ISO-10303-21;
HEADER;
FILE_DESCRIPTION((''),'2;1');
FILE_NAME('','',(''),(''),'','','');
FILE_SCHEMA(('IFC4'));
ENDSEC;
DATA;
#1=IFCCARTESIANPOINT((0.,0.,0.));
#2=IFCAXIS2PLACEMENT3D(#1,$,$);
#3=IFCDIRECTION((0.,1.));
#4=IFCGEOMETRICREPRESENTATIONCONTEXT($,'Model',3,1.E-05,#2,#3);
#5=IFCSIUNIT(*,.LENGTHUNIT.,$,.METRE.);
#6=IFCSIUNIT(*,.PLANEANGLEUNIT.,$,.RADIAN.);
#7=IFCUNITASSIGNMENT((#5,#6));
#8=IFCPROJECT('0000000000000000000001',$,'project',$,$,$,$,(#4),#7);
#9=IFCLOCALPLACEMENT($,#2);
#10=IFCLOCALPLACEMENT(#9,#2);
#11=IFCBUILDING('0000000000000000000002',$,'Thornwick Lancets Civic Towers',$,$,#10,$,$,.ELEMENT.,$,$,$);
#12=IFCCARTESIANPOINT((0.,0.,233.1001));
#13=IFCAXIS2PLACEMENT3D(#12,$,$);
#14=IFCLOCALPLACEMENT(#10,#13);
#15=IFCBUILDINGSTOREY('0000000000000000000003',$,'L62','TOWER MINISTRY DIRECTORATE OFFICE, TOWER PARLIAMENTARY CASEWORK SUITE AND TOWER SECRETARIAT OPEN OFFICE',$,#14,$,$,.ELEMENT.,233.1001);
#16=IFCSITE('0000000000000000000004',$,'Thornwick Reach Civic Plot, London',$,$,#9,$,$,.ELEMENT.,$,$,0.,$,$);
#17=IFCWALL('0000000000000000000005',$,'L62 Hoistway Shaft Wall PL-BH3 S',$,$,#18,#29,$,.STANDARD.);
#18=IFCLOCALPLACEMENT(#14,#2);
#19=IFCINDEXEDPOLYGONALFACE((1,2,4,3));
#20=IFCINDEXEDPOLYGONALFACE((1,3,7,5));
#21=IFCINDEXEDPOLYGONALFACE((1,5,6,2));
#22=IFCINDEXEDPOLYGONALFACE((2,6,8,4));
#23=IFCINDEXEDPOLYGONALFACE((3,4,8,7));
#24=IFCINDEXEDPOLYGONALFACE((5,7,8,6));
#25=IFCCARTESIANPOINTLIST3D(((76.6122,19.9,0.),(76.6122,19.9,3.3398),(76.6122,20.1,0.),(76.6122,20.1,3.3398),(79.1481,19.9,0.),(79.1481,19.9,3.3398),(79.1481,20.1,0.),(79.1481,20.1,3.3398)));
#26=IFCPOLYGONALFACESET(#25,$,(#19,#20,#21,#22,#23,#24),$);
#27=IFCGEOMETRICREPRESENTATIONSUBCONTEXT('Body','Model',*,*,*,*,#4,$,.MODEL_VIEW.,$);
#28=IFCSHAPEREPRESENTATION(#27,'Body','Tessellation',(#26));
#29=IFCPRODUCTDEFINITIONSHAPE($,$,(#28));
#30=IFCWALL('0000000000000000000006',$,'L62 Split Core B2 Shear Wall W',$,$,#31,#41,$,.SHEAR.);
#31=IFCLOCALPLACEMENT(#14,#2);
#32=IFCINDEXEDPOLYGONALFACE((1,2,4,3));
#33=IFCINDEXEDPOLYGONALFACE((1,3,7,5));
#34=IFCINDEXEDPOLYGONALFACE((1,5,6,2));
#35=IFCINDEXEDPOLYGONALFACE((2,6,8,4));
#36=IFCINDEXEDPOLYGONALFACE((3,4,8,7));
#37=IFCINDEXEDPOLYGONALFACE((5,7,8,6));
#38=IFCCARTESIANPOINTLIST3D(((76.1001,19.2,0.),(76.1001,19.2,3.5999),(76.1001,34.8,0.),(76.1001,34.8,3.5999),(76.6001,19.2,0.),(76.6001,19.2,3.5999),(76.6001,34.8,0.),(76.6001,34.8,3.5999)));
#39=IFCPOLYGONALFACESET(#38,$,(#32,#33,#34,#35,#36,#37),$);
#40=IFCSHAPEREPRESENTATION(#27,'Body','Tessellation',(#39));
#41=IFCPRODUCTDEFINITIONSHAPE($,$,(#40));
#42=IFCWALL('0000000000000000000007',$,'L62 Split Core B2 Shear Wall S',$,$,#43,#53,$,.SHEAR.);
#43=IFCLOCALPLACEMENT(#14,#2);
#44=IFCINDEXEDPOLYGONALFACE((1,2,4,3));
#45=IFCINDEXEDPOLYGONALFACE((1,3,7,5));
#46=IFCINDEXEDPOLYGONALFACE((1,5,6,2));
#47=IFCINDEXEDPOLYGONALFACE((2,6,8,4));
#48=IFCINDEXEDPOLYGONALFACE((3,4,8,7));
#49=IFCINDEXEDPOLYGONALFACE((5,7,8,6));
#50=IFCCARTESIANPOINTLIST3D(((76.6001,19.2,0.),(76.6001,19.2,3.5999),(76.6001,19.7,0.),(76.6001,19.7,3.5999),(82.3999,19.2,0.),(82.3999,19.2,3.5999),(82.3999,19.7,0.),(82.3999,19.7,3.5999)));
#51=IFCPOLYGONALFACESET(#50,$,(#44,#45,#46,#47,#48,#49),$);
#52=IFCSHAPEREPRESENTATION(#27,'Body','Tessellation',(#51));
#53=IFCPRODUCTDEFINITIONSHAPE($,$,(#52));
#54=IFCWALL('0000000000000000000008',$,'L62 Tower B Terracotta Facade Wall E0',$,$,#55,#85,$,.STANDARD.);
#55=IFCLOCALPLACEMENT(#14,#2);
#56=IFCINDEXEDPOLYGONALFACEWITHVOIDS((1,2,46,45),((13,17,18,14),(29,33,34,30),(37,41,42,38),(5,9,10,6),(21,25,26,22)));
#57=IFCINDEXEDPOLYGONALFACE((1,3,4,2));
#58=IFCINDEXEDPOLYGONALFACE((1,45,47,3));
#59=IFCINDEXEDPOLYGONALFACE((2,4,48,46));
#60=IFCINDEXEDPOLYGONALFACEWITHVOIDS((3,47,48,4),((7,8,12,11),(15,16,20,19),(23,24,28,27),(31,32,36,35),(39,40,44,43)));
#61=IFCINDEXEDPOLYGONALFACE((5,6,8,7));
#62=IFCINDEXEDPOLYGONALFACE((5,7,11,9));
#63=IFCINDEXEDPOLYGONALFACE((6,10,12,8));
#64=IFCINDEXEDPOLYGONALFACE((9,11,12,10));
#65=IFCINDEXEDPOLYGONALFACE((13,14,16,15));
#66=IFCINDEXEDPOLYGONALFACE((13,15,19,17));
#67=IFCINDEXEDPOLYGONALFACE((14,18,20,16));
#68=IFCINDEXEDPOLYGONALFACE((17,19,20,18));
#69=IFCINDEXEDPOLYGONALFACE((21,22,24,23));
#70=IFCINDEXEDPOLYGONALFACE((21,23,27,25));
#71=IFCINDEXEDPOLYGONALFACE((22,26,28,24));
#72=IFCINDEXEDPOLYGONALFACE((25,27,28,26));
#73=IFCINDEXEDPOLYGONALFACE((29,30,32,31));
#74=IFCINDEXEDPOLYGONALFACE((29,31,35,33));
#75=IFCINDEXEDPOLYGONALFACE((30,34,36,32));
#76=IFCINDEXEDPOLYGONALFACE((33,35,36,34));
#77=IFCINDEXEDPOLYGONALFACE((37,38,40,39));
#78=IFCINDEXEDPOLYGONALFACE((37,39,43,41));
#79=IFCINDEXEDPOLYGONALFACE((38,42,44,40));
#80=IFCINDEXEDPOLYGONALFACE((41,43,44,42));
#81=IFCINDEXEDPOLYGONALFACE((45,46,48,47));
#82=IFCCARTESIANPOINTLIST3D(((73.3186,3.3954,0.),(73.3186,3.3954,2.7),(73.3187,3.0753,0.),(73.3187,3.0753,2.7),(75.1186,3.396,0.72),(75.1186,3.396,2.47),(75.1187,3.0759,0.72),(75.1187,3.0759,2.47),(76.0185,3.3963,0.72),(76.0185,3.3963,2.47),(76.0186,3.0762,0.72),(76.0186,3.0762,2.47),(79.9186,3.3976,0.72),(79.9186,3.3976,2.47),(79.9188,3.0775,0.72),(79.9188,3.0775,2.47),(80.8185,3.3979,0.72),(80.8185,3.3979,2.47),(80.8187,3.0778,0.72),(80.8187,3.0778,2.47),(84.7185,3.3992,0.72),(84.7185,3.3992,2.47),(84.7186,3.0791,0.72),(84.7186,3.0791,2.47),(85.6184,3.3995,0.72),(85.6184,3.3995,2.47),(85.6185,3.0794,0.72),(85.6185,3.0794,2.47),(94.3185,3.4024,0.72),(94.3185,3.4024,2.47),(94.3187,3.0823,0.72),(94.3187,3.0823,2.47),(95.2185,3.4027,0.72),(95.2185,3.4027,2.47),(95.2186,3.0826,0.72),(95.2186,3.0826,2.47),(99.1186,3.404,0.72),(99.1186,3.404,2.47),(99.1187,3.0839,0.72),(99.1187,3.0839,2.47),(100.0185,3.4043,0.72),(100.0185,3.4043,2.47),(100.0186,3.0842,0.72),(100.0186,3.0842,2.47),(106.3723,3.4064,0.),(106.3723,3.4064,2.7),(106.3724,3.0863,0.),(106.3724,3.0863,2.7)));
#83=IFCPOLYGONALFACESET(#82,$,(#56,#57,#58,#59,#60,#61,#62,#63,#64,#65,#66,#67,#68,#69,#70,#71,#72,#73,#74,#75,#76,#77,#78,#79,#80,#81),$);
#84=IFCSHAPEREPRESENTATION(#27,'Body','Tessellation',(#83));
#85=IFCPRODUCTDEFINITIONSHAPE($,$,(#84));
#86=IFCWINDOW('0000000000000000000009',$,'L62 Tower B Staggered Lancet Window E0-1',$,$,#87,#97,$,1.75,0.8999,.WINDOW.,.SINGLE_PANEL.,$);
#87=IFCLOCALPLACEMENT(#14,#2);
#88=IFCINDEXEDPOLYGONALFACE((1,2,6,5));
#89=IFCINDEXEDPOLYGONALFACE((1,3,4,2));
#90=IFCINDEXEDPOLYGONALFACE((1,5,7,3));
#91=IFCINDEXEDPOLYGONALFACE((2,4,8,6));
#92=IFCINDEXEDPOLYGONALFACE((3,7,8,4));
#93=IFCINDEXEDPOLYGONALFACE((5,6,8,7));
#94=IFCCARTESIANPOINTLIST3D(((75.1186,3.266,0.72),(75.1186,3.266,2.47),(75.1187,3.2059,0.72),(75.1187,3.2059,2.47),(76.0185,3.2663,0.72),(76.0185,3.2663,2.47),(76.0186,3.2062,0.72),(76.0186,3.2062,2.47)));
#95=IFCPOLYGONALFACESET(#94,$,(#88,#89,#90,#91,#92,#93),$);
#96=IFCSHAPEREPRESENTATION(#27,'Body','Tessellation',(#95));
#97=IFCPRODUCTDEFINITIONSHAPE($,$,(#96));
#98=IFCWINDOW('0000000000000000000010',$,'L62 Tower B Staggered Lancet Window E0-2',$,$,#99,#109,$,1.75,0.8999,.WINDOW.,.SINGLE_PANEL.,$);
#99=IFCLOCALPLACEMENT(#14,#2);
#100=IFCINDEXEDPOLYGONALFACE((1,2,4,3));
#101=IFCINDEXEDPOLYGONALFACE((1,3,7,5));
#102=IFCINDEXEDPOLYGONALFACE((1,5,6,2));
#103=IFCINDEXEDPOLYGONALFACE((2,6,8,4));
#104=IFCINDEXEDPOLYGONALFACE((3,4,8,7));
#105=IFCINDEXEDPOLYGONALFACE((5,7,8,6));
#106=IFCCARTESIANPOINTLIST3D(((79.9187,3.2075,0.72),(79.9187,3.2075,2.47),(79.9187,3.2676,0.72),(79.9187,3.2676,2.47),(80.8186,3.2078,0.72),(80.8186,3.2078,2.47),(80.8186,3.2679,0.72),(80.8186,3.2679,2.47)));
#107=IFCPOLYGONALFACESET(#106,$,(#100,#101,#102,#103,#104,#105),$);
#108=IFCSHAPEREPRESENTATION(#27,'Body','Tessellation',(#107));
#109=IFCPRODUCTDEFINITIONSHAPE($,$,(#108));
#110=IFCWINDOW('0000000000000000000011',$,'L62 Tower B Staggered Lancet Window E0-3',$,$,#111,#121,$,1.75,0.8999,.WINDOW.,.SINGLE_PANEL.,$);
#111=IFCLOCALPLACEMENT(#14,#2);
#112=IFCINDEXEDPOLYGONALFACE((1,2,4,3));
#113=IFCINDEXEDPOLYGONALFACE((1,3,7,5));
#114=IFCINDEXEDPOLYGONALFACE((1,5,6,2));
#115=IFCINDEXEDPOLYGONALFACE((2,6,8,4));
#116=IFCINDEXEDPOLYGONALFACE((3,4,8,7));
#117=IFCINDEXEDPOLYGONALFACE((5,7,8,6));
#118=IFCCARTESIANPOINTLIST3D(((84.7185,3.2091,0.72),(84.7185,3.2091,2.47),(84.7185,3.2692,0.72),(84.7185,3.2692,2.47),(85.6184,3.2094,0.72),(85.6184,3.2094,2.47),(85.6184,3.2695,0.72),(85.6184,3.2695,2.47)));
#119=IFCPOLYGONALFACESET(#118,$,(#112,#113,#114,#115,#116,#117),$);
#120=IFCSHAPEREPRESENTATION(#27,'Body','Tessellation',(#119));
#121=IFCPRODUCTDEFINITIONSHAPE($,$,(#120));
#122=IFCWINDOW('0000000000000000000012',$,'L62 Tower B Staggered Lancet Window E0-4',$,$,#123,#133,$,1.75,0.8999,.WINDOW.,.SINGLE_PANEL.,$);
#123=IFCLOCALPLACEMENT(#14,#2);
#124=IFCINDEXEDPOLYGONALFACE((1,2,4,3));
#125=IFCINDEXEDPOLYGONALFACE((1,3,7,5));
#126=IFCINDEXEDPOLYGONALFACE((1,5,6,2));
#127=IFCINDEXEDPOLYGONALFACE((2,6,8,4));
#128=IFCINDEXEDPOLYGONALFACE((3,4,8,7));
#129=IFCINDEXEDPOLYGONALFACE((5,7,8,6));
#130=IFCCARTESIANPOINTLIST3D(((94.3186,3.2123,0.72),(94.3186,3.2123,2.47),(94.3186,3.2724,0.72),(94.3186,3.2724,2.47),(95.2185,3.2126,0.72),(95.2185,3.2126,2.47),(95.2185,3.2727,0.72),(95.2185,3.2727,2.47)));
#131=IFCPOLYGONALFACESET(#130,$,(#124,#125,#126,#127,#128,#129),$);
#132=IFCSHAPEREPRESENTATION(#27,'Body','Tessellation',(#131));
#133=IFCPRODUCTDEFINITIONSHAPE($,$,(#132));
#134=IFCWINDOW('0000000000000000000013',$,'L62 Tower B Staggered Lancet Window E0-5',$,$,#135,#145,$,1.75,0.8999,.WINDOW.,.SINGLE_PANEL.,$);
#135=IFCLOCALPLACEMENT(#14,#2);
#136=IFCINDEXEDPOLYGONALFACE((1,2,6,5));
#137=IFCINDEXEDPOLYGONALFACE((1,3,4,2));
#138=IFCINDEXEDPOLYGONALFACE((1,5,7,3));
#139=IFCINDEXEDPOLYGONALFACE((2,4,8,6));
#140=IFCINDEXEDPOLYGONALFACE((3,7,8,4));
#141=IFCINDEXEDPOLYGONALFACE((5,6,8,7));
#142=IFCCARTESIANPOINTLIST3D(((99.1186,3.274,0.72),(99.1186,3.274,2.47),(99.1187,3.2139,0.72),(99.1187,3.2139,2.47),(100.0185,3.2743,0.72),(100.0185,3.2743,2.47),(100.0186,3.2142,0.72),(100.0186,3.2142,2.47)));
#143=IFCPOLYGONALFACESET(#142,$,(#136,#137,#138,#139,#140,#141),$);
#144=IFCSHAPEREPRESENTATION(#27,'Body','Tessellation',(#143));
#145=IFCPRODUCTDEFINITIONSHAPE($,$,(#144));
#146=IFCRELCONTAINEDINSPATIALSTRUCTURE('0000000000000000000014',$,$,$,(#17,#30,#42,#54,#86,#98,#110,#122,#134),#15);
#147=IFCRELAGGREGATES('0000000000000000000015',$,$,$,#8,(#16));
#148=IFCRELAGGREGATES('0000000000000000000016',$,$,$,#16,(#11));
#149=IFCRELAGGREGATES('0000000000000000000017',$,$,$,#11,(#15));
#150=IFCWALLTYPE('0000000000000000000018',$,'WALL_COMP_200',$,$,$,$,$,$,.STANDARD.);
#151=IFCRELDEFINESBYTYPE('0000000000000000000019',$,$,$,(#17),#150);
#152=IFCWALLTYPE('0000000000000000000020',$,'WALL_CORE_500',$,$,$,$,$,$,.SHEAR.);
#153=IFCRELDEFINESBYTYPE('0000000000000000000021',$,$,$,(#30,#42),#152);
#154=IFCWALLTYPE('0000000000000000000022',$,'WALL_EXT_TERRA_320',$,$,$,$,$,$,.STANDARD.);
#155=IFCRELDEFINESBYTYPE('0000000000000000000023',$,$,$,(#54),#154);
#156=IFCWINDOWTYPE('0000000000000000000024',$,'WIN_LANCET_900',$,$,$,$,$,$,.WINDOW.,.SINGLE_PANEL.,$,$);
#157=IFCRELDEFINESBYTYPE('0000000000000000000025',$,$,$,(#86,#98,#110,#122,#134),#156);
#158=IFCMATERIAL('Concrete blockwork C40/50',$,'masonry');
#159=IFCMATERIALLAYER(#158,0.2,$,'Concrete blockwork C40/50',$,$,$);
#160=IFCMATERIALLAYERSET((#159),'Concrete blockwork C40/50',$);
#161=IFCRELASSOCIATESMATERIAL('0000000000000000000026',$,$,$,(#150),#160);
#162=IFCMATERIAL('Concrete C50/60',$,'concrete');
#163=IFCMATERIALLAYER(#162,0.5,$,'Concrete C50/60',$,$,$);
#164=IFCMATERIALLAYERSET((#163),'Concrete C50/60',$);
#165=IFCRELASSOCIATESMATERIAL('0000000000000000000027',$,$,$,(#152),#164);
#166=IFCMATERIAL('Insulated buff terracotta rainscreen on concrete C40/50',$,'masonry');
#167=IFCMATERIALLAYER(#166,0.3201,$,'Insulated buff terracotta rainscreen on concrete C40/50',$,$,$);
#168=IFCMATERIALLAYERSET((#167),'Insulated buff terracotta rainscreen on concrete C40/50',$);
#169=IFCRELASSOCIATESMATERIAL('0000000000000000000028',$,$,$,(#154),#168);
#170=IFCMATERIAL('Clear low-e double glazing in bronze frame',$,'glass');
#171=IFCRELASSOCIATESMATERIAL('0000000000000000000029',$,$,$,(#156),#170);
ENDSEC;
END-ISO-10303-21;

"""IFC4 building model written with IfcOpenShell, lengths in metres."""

from ifc_helpers import new_model, si_unit, direction, frame, frame_2d, origin, place, context, subcontext, project, spatial, rectangle, extrude, material, layer, layer_set, type_object, element, fill, save


model = new_model("IFC4")

# Units and contexts
model_context = context("Model", 3, precision=1e-05, world=origin(), true_north=direction((0.0, 1.0)))
body_context = subcontext(model_context, "Body", "Model", "MODEL_VIEW")
ifc_project = project(units=[si_unit("LENGTHUNIT", "METRE"), si_unit("PLANEANGLEUNIT", "RADIAN")], contexts=[model_context])

# Site, building, storey
site_placement = place(None, origin())
site = spatial("IfcSite", under=ifc_project, at=site_placement, Name="Thornwick Reach Civic Plot, London", CompositionType="ELEMENT", RefElevation=0.0)
building_placement = place(site_placement, origin())
building = spatial("IfcBuilding", under=site, at=building_placement, Name="Thornwick Lancets Civic Towers", CompositionType="ELEMENT")
storey_placement = place(building_placement, frame((0.0, 0.0, 233.1001)))
storey = spatial("IfcBuildingStorey", under=building, at=storey_placement, Name="L62", Description="TOWER MINISTRY DIRECTORATE OFFICE, TOWER PARLIAMENTARY CASEWORK SUITE AND TOWER SECRETARIAT OPEN OFFICE", CompositionType="ELEMENT", Elevation=233.1001)

# Shared definitions
ifc_material_1 = material(Name="Concrete C50/60", Category="concrete")

# Walls
ifc_material_2 = material(Name="Concrete blockwork C40/50", Category="masonry")
ifc_layer_1 = layer(ifc_material_2, 0.2, Name="Concrete blockwork C40/50")
ifc_layer_set_1 = layer_set([ifc_layer_1], Name="Concrete blockwork C40/50")
wall_type_1 = type_object("IfcWallType", Name="WALL_COMP_200", PredefinedType="STANDARD", material=ifc_layer_set_1)
for number, where, z_axis, x_axis, name in (
    (1, (76.6121, 20.0, 0.0), (0.0, 0.0, 1.0), (1.0, 0.0, 0.0), "L62 Hoistway Shaft Wall PL-BH3 S"),
):
    element("IfcWall", number, at=place(storey_placement, frame(where, z_axis=z_axis, x_axis=x_axis)), inside=storey, type_object=wall_type_1, Name=name, PredefinedType="STANDARD", context=body_context, shape_type="SweptSolid", body=[
        extrude(rectangle(XDim=2.5359, YDim=0.2, at=frame_2d((1.2681, 0.0))), origin(), (0.0, 0.0, 1.0), 3.3398),
    ])
ifc_layer_2 = layer(ifc_material_1, 0.5, Name="Concrete C50/60")
ifc_layer_set_2 = layer_set([ifc_layer_2], Name="Concrete C50/60")
wall_type_2 = type_object("IfcWallType", Name="WALL_CORE_500", PredefinedType="SHEAR", material=ifc_layer_set_2)
wall_1_placement = place(storey_placement, frame((76.3501, 19.2, 0.0), z_axis=(0.0, 0.0, 1.0), x_axis=(0.0, 1.0, 0.0)))
element("IfcWall", 2, at=wall_1_placement, inside=storey, type_object=wall_type_2, Name="L62 Split Core B2 Shear Wall W", PredefinedType="SHEAR", context=body_context, shape_type="SweptSolid", body=[
    extrude(rectangle(XDim=15.6001, YDim=0.5, at=frame_2d((7.8, 0.0))), origin(), (0.0, 0.0, 1.0), 3.5999),
])
wall_2_placement = place(storey_placement, frame((76.6001, 19.45, 0.0), z_axis=(0.0, 0.0, 1.0), x_axis=(1.0, 0.0, 0.0)))
element("IfcWall", 3, at=wall_2_placement, inside=storey, type_object=wall_type_2, Name="L62 Split Core B2 Shear Wall S", PredefinedType="SHEAR", context=body_context, shape_type="SweptSolid", body=[
    extrude(rectangle(XDim=5.7998, YDim=0.5, at=frame_2d((2.8999, 0.0))), origin(), (0.0, 0.0, 1.0), 3.5999),
])

# Wall, openings, windows
ifc_material_3 = material(Name="Insulated buff terracotta rainscreen on concrete C40/50", Category="masonry")
ifc_layer_3 = layer(ifc_material_3, 0.3201, Name="Insulated buff terracotta rainscreen on concrete C40/50")
ifc_layer_set_3 = layer_set([ifc_layer_3], Name="Insulated buff terracotta rainscreen on concrete C40/50")
wall_type_3 = type_object("IfcWallType", Name="WALL_EXT_TERRA_320", PredefinedType="STANDARD", material=ifc_layer_set_3)
wall_3_placement = place(storey_placement, frame((73.3186, 3.2354, 0.0), z_axis=(0.0, 0.0, 1.0), x_axis=(1.0, 0.000332, 0.0)))
wall_3 = element("IfcWall", 4, at=wall_3_placement, inside=storey, type_object=wall_type_3, Name="L62 Tower B Terracotta Facade Wall E0", PredefinedType="STANDARD", context=body_context, shape_type="SweptSolid", body=[
    extrude(rectangle(XDim=33.0537, YDim=0.3201, at=frame_2d((16.5269, 0.0))), origin(), (0.0, 0.0, 1.0), 2.7),
])
opening_1_placement = place(wall_3_placement, frame((1.8, 0.0, 0.72)))
opening_1 = element("IfcOpeningElement", 5, at=opening_1_placement, cuts=wall_3, PredefinedType="OPENING", context=body_context, shape_type="SweptSolid", body=[
    extrude(rectangle(XDim=0.8999, YDim=1.75, at=frame_2d((0.45, 0.875))), frame((0.0, 0.1699, 0.0), z_axis=(0.0, -1.0, 0.0), x_axis=(1.0, 0.0, 0.0)), (0.0, 0.0, 1.0), 0.3401),
])
opening_2_placement = place(wall_3_placement, frame((6.6001, 0.0, 0.72)))
opening_2 = element("IfcOpeningElement", 6, at=opening_2_placement, cuts=wall_3, PredefinedType="OPENING", context=body_context, shape_type="SweptSolid", body=[
    extrude(rectangle(XDim=0.8999, YDim=1.75, at=frame_2d((0.45, 0.875))), frame((0.0, 0.1699, 0.0), z_axis=(0.0, -1.0, 0.0), x_axis=(1.0, 0.0, 0.0)), (0.0, 0.0, 1.0), 0.3401),
])
opening_3_placement = place(wall_3_placement, frame((11.3999, 0.0, 0.72)))
opening_3 = element("IfcOpeningElement", 7, at=opening_3_placement, cuts=wall_3, PredefinedType="OPENING", context=body_context, shape_type="SweptSolid", body=[
    extrude(rectangle(XDim=0.8999, YDim=1.75, at=frame_2d((0.45, 0.875))), frame((0.0, 0.1699, 0.0), z_axis=(0.0, -1.0, 0.0), x_axis=(1.0, 0.0, 0.0)), (0.0, 0.0, 1.0), 0.3401),
])
opening_4_placement = place(wall_3_placement, frame((21.0, 0.0, 0.72)))
opening_4 = element("IfcOpeningElement", 8, at=opening_4_placement, cuts=wall_3, PredefinedType="OPENING", context=body_context, shape_type="SweptSolid", body=[
    extrude(rectangle(XDim=0.8999, YDim=1.75, at=frame_2d((0.45, 0.875))), frame((0.0, 0.1699, 0.0), z_axis=(0.0, -1.0, 0.0), x_axis=(1.0, 0.0, 0.0)), (0.0, 0.0, 1.0), 0.3401),
])
opening_5_placement = place(wall_3_placement, frame((25.8, 0.0, 0.72)))
opening_5 = element("IfcOpeningElement", 9, at=opening_5_placement, cuts=wall_3, PredefinedType="OPENING", context=body_context, shape_type="SweptSolid", body=[
    extrude(rectangle(XDim=0.8999, YDim=1.75, at=frame_2d((0.45, 0.875))), frame((0.0, 0.1699, 0.0), z_axis=(0.0, -1.0, 0.0), x_axis=(1.0, 0.0, 0.0)), (0.0, 0.0, 1.0), 0.3401),
])
ifc_material_4 = material(Name="Clear low-e double glazing in bronze frame", Category="glass")
window_type = type_object("IfcWindowType", Name="WIN_LANCET_900", PartitioningType="SINGLE_PANEL", PredefinedType="WINDOW", material=ifc_material_4)
window_1_placement = place(opening_1_placement, origin())
window_1 = element("IfcWindow", 10, at=window_1_placement, inside=storey, type_object=window_type, Name="L62 Tower B Staggered Lancet Window E0-1", OverallHeight=1.75, OverallWidth=0.8999, PartitioningType="SINGLE_PANEL", PredefinedType="WINDOW", context=body_context, shape_type="SweptSolid", body=[
    extrude(rectangle(XDim=0.8999, YDim=1.75, at=frame_2d((0.45, 0.875))), frame((0.0, 0.03, 0.0), z_axis=(0.0, -1.0, 0.0), x_axis=(1.0, 0.0, 0.0)), (0.0, 0.0, 1.0), 0.0601),
])
fill(opening_1, window_1)
window_2_placement = place(opening_2_placement, origin())
window_2 = element("IfcWindow", 11, at=window_2_placement, inside=storey, type_object=window_type, Name="L62 Tower B Staggered Lancet Window E0-2", OverallHeight=1.75, OverallWidth=0.8999, PartitioningType="SINGLE_PANEL", PredefinedType="WINDOW", context=body_context, shape_type="SweptSolid", body=[
    extrude(rectangle(XDim=0.8999, YDim=1.75, at=frame_2d((0.45, 0.875))), frame((0.0, 0.03, 0.0), z_axis=(0.0, -1.0, 0.0), x_axis=(1.0, 0.0, 0.0)), (0.0, 0.0, 1.0), 0.0601),
])
fill(opening_2, window_2)
window_3_placement = place(opening_3_placement, origin())
window_3 = element("IfcWindow", 12, at=window_3_placement, inside=storey, type_object=window_type, Name="L62 Tower B Staggered Lancet Window E0-3", OverallHeight=1.75, OverallWidth=0.8999, PartitioningType="SINGLE_PANEL", PredefinedType="WINDOW", context=body_context, shape_type="SweptSolid", body=[
    extrude(rectangle(XDim=0.8999, YDim=1.75, at=frame_2d((0.45, 0.875))), frame((0.0, 0.03, 0.0), z_axis=(0.0, -1.0, 0.0), x_axis=(1.0, 0.0, 0.0)), (0.0, 0.0, 1.0), 0.0601),
])
fill(opening_3, window_3)
window_4_placement = place(opening_4_placement, origin())
window_4 = element("IfcWindow", 13, at=window_4_placement, inside=storey, type_object=window_type, Name="L62 Tower B Staggered Lancet Window E0-4", OverallHeight=1.75, OverallWidth=0.8999, PartitioningType="SINGLE_PANEL", PredefinedType="WINDOW", context=body_context, shape_type="SweptSolid", body=[
    extrude(rectangle(XDim=0.8999, YDim=1.75, at=frame_2d((0.45, 0.875))), frame((0.0, 0.03, 0.0), z_axis=(0.0, -1.0, 0.0), x_axis=(1.0, 0.0, 0.0)), (0.0, 0.0, 1.0), 0.0601),
])
fill(opening_4, window_4)
window_5_placement = place(opening_5_placement, origin())
window_5 = element("IfcWindow", 14, at=window_5_placement, inside=storey, type_object=window_type, Name="L62 Tower B Staggered Lancet Window E0-5", OverallHeight=1.75, OverallWidth=0.8999, PartitioningType="SINGLE_PANEL", PredefinedType="WINDOW", context=body_context, shape_type="SweptSolid", body=[
    extrude(rectangle(XDim=0.8999, YDim=1.75, at=frame_2d((0.45, 0.875))), frame((0.0, 0.03, 0.0), z_axis=(0.0, -1.0, 0.0), x_axis=(1.0, 0.0, 0.0)), (0.0, 0.0, 1.0), 0.0601),
])
fill(opening_5, window_5)

save(model, "model.ifc")
